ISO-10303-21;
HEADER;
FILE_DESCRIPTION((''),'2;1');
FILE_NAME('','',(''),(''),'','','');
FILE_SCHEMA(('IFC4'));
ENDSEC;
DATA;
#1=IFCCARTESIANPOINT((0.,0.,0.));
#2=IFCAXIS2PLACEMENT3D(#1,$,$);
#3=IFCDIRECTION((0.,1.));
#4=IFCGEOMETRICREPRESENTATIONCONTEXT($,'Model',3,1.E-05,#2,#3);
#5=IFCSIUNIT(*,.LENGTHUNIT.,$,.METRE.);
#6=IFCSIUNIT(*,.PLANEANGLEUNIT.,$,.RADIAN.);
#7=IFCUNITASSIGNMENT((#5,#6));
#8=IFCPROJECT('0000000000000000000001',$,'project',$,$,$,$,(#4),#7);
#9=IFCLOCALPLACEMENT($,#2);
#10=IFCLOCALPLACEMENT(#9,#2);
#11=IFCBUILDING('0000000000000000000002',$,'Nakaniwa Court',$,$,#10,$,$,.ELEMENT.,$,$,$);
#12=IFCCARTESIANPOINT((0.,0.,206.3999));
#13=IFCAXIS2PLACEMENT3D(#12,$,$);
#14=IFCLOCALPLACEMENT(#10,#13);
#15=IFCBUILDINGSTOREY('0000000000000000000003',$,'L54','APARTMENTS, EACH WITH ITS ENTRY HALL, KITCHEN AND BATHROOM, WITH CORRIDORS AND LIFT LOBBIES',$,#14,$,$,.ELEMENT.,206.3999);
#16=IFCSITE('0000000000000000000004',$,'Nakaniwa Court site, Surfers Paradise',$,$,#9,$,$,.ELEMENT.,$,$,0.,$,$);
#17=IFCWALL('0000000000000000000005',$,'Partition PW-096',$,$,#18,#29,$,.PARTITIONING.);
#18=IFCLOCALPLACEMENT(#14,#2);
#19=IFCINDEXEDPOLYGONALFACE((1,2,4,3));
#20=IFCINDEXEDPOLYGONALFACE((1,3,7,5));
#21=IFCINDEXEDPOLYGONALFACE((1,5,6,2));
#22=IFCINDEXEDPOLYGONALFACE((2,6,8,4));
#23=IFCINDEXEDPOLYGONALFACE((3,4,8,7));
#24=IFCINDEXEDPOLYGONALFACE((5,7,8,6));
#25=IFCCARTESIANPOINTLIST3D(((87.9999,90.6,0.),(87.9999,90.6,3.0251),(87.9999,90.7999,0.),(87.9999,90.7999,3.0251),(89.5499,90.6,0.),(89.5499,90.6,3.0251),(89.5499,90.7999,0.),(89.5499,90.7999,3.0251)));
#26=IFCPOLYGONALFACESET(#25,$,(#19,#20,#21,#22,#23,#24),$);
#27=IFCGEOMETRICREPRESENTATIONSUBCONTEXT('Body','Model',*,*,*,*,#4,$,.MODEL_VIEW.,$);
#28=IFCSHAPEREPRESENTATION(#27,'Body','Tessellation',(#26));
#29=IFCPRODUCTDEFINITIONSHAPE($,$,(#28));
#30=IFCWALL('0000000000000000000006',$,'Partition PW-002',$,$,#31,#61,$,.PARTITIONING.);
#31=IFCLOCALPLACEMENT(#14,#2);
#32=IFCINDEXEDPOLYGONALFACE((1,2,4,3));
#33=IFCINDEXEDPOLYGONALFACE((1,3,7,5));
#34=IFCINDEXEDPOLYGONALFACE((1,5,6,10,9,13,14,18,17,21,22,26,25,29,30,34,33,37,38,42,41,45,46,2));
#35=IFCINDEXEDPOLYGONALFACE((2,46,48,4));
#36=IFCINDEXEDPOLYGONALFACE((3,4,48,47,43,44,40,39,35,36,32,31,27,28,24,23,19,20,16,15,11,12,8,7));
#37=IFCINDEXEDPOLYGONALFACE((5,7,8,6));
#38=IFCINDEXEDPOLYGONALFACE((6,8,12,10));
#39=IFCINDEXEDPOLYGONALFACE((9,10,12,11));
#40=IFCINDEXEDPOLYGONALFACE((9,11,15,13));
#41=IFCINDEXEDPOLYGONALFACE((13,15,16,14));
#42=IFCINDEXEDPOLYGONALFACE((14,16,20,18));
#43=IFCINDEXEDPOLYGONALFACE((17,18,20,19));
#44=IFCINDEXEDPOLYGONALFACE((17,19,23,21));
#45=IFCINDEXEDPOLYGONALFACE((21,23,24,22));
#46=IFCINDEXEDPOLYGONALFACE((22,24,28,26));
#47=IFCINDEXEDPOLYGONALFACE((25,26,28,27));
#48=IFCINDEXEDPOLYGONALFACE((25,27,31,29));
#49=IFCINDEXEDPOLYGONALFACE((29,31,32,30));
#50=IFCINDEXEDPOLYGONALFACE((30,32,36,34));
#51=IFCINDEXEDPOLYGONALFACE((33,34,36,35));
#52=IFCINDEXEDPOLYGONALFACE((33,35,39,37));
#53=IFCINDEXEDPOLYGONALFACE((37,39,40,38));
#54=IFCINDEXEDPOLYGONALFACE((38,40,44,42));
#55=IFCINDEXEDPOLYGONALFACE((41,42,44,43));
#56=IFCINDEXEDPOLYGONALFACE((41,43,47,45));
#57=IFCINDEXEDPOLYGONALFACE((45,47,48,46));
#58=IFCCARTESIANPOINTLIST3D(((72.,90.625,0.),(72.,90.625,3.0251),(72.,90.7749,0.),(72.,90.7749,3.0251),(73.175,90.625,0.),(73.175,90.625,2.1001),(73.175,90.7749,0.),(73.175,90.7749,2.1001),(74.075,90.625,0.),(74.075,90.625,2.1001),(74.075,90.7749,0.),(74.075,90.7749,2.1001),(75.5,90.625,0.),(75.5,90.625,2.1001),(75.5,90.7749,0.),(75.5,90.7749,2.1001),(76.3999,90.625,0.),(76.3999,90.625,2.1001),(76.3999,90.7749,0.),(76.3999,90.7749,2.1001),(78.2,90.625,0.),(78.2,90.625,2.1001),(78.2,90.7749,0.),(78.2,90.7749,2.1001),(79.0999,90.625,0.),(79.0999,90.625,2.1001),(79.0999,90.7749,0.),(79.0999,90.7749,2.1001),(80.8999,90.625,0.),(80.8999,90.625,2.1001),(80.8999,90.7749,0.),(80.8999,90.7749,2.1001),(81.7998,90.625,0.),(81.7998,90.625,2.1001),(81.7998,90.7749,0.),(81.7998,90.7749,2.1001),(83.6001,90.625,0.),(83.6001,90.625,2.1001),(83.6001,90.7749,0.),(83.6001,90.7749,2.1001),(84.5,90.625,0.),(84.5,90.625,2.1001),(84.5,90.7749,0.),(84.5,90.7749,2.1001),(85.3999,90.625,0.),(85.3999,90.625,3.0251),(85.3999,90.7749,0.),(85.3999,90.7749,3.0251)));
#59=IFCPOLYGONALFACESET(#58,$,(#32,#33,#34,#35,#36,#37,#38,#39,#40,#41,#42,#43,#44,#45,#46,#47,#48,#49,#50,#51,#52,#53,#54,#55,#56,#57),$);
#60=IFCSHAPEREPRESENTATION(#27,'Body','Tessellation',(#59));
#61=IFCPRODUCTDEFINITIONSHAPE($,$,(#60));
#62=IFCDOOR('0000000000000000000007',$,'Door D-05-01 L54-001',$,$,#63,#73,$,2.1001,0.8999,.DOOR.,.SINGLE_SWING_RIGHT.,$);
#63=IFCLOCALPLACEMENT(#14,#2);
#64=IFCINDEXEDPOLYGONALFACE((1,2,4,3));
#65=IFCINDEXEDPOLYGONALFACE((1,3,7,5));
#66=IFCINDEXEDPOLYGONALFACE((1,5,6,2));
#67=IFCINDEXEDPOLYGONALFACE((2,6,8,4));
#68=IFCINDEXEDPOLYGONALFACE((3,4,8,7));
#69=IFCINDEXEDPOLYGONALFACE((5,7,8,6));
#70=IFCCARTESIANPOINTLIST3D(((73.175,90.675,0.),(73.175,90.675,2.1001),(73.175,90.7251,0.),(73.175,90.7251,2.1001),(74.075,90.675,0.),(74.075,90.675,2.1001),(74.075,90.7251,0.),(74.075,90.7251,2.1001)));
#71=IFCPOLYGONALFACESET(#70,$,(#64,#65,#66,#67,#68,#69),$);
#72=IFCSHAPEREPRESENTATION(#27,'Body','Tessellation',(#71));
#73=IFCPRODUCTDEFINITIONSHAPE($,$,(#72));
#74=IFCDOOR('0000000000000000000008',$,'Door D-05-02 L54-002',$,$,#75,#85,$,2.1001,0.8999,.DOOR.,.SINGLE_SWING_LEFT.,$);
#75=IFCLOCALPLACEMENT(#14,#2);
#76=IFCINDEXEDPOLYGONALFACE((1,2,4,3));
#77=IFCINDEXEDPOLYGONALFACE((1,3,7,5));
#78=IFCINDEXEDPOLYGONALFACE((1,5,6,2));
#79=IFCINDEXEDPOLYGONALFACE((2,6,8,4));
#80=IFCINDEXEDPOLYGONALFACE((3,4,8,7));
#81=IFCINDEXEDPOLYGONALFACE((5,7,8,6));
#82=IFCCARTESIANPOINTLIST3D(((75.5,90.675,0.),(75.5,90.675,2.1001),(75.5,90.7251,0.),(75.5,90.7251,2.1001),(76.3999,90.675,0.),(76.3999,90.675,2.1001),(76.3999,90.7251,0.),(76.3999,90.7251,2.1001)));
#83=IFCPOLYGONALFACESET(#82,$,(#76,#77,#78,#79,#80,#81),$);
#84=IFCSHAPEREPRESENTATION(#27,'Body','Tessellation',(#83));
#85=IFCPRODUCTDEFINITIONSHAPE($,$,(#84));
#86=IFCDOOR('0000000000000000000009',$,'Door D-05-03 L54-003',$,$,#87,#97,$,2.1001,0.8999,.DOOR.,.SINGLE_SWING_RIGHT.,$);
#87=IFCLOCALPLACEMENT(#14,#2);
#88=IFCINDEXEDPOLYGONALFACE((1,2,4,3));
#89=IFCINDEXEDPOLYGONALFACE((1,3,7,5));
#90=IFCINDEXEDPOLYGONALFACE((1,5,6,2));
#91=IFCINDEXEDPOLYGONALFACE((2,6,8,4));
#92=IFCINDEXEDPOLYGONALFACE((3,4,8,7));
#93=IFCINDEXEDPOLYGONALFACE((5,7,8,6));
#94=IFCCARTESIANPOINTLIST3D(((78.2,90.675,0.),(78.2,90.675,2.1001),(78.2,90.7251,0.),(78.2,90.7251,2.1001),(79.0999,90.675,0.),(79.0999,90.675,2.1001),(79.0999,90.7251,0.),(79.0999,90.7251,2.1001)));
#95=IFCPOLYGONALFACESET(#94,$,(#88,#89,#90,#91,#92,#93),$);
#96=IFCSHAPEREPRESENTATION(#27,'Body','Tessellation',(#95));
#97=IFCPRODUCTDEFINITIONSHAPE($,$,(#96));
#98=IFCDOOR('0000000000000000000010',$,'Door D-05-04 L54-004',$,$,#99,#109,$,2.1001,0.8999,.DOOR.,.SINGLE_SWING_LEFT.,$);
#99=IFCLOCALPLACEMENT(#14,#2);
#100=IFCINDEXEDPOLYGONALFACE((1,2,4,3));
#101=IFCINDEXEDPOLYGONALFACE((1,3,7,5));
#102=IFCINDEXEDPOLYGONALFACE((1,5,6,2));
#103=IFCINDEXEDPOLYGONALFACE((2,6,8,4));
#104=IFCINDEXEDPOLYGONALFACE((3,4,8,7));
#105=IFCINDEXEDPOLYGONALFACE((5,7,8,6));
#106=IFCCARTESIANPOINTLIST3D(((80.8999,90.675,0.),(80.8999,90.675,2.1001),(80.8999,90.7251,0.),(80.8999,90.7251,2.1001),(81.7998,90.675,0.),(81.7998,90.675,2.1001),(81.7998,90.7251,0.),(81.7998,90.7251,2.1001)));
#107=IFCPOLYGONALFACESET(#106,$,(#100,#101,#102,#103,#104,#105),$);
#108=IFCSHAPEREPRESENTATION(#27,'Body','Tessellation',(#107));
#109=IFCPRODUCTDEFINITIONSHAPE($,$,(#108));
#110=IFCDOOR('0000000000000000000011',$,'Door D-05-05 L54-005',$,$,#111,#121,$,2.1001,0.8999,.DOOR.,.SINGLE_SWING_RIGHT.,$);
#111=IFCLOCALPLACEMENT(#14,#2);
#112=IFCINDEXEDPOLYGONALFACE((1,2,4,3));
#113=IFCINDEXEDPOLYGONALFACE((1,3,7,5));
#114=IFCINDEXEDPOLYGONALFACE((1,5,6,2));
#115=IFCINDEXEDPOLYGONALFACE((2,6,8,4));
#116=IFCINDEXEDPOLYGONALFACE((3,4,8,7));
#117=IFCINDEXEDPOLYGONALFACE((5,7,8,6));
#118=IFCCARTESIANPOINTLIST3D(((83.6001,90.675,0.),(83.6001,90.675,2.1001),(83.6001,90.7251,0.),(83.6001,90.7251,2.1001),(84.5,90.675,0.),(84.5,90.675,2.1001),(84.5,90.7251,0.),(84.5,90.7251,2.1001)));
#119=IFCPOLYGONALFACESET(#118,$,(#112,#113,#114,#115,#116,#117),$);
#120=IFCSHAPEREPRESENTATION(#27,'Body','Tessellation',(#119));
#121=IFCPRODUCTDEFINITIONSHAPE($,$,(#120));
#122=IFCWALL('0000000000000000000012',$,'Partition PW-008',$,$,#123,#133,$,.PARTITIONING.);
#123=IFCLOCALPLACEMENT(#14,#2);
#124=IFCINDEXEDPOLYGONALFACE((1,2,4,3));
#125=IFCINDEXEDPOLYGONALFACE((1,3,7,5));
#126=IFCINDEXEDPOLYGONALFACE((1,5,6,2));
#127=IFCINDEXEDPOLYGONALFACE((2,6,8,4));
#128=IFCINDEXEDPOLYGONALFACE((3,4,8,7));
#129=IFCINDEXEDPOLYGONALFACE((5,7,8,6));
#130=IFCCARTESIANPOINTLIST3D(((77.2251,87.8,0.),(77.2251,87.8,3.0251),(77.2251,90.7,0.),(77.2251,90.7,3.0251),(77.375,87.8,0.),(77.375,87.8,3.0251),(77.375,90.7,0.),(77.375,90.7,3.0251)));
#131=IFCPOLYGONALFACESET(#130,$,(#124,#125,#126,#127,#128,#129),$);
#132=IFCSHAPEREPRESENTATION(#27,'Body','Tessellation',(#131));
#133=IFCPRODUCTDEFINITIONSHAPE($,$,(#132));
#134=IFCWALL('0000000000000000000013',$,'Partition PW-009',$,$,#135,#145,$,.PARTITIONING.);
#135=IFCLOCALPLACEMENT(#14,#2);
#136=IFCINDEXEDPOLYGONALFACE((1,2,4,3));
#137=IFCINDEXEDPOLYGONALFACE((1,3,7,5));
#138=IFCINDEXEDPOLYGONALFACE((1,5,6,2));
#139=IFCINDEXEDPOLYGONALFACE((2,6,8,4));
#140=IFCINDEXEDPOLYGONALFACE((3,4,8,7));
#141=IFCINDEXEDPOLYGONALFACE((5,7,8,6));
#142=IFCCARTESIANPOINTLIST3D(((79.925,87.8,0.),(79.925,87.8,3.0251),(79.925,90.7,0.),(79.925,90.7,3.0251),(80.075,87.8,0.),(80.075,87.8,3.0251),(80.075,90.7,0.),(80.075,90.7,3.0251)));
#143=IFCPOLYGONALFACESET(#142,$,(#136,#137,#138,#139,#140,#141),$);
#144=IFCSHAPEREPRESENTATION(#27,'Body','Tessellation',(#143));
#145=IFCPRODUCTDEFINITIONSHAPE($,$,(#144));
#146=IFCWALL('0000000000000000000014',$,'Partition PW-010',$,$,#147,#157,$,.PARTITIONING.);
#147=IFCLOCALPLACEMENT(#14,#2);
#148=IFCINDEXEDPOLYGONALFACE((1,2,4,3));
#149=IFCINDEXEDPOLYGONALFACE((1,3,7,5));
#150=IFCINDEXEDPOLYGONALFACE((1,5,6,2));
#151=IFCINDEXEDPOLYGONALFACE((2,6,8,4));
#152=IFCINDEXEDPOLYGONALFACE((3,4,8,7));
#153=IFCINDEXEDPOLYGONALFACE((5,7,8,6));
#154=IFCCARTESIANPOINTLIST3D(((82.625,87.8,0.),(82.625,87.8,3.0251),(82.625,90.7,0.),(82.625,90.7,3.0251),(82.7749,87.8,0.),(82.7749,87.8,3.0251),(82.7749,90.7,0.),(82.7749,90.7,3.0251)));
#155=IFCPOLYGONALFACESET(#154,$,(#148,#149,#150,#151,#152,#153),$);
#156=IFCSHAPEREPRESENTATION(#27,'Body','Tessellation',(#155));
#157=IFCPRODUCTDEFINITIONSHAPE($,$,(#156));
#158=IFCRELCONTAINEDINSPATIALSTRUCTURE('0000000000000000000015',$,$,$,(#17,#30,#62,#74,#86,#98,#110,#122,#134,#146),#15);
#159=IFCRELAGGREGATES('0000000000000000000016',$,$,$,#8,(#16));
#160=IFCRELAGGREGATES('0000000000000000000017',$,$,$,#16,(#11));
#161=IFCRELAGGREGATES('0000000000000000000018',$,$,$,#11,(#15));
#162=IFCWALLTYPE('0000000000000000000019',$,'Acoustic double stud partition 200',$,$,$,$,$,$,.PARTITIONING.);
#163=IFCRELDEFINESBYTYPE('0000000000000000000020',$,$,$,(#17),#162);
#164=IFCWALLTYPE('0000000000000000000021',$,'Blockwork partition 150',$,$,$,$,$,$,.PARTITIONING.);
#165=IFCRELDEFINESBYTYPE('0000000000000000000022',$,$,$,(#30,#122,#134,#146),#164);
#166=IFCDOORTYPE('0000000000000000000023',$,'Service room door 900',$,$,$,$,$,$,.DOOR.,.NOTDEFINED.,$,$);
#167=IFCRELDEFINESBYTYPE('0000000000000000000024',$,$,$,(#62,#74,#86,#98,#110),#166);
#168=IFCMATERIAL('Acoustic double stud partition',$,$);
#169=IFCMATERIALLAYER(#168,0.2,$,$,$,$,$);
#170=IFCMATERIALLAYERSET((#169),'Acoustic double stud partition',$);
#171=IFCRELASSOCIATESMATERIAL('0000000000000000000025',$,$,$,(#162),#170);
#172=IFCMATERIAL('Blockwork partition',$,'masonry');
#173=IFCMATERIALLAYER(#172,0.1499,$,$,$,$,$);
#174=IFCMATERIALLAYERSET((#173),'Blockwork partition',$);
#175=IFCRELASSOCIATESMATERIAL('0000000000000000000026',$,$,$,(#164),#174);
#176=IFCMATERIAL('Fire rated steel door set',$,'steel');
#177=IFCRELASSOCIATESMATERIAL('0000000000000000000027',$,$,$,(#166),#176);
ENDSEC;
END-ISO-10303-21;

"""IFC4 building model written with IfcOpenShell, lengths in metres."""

from ifc_helpers import new_model, si_unit, direction, frame, frame_2d, origin, place, context, subcontext, project, spatial, rectangle, extrude, material, layer, layer_set, type_object, element, fill, save


model = new_model("IFC4")

# Units and contexts
model_context = context("Model", 3, precision=1e-05, world=origin(), true_north=direction((0.0, 1.0)))
body_context = subcontext(model_context, "Body", "Model", "MODEL_VIEW")
ifc_project = project(units=[si_unit("LENGTHUNIT", "METRE"), si_unit("PLANEANGLEUNIT", "RADIAN")], contexts=[model_context])

# Site, building, storey
site_placement = place(None, origin())
site = spatial("IfcSite", under=ifc_project, at=site_placement, Name="Nakaniwa Court site, Surfers Paradise", CompositionType="ELEMENT", RefElevation=0.0)
building_placement = place(site_placement, origin())
building = spatial("IfcBuilding", under=site, at=building_placement, Name="Nakaniwa Court", CompositionType="ELEMENT")
storey_placement = place(building_placement, frame((0.0, 0.0, 206.3999)))
storey = spatial("IfcBuildingStorey", under=building, at=storey_placement, Name="L54", Description="APARTMENTS, EACH WITH ITS ENTRY HALL, KITCHEN AND BATHROOM, WITH CORRIDORS AND LIFT LOBBIES", CompositionType="ELEMENT", Elevation=206.3999)

# Wall
ifc_material_1 = material(Name="Acoustic double stud partition")
ifc_layer_1 = layer(ifc_material_1, 0.2)
ifc_layer_set_1 = layer_set([ifc_layer_1], Name="Acoustic double stud partition")
wall_type_1 = type_object("IfcWallType", Name="Acoustic double stud partition 200", PredefinedType="PARTITIONING", material=ifc_layer_set_1)
wall_1_placement = place(storey_placement, frame((88.0, 90.7, 0.0), z_axis=(0.0, 0.0, 1.0), x_axis=(1.0, 0.0, 0.0)))
element("IfcWall", 1, at=wall_1_placement, inside=storey, type_object=wall_type_1, Name="Partition PW-096", PredefinedType="PARTITIONING", context=body_context, shape_type="SweptSolid", body=[
    extrude(rectangle(XDim=1.55, YDim=0.2, at=frame_2d((0.7749, 0.0))), origin(), (0.0, 0.0, 1.0), 3.0251),
])

# Wall, openings, doors
ifc_material_2 = material(Name="Blockwork partition", Category="masonry")
ifc_layer_2 = layer(ifc_material_2, 0.1499)
ifc_layer_set_2 = layer_set([ifc_layer_2], Name="Blockwork partition")
wall_type_2 = type_object("IfcWallType", Name="Blockwork partition 150", PredefinedType="PARTITIONING", material=ifc_layer_set_2)
wall_2_placement = place(storey_placement, frame((85.3999, 90.7, 0.0), z_axis=(0.0, 0.0, 1.0), x_axis=(-1.0, 0.0, 0.0)))
wall_2 = element("IfcWall", 2, at=wall_2_placement, inside=storey, type_object=wall_type_2, Name="Partition PW-002", PredefinedType="PARTITIONING", context=body_context, shape_type="SweptSolid", body=[
    extrude(rectangle(XDim=13.3999, YDim=0.1499, at=frame_2d((6.7, 0.0))), origin(), (0.0, 0.0, 1.0), 3.0251),
])
opening_1_placement = place(wall_2_placement, frame((11.325, 0.0, 0.0)))
opening_1 = element("IfcOpeningElement", 3, at=opening_1_placement, cuts=wall_2, PredefinedType="OPENING", context=body_context, shape_type="SweptSolid", body=[
    extrude(rectangle(XDim=0.8999, YDim=2.1001, at=frame_2d((0.45, 1.05))), frame((0.0, 0.085, 0.0), z_axis=(0.0, -1.0, 0.0), x_axis=(1.0, 0.0, 0.0)), (0.0, 0.0, 1.0), 0.1699),
])
opening_2_placement = place(wall_2_placement, frame((9.0, 0.0, 0.0)))
opening_2 = element("IfcOpeningElement", 4, at=opening_2_placement, cuts=wall_2, PredefinedType="OPENING", context=body_context, shape_type="SweptSolid", body=[
    extrude(rectangle(XDim=0.8999, YDim=2.1001, at=frame_2d((0.45, 1.05))), frame((0.0, 0.085, 0.0), z_axis=(0.0, -1.0, 0.0), x_axis=(1.0, 0.0, 0.0)), (0.0, 0.0, 1.0), 0.1699),
])
opening_3_placement = place(wall_2_placement, frame((6.3, 0.0, 0.0)))
opening_3 = element("IfcOpeningElement", 5, at=opening_3_placement, cuts=wall_2, PredefinedType="OPENING", context=body_context, shape_type="SweptSolid", body=[
    extrude(rectangle(XDim=0.8999, YDim=2.1001, at=frame_2d((0.45, 1.05))), frame((0.0, 0.085, 0.0), z_axis=(0.0, -1.0, 0.0), x_axis=(1.0, 0.0, 0.0)), (0.0, 0.0, 1.0), 0.1699),
])
opening_4_placement = place(wall_2_placement, frame((3.6001, 0.0, 0.0)))
opening_4 = element("IfcOpeningElement", 6, at=opening_4_placement, cuts=wall_2, PredefinedType="OPENING", context=body_context, shape_type="SweptSolid", body=[
    extrude(rectangle(XDim=0.8999, YDim=2.1001, at=frame_2d((0.45, 1.05))), frame((0.0, 0.085, 0.0), z_axis=(0.0, -1.0, 0.0), x_axis=(1.0, 0.0, 0.0)), (0.0, 0.0, 1.0), 0.1699),
])
opening_5_placement = place(wall_2_placement, frame((0.8999, 0.0, 0.0)))
opening_5 = element("IfcOpeningElement", 7, at=opening_5_placement, cuts=wall_2, PredefinedType="OPENING", context=body_context, shape_type="SweptSolid", body=[
    extrude(rectangle(XDim=0.8999, YDim=2.1001, at=frame_2d((0.45, 1.05))), frame((0.0, 0.085, 0.0), z_axis=(0.0, -1.0, 0.0), x_axis=(1.0, 0.0, 0.0)), (0.0, 0.0, 1.0), 0.1699),
])
ifc_material_3 = material(Name="Fire rated steel door set", Category="steel")
door_type_1 = type_object("IfcDoorType", Name="Service room door 900", OperationType="NOTDEFINED", PredefinedType="DOOR", material=ifc_material_3)
door_1_placement = place(opening_1_placement, origin())
door_1 = element("IfcDoor", 8, at=door_1_placement, inside=storey, type_object=door_type_1, Name="Door D-05-01 L54-001", OperationType="SINGLE_SWING_RIGHT", OverallHeight=2.1001, OverallWidth=0.8999, PredefinedType="DOOR", context=body_context, shape_type="SweptSolid", body=[
    extrude(rectangle(XDim=0.8999, YDim=2.1001, at=frame_2d((0.45, 1.05))), frame((0.0, 0.0249, 0.0), z_axis=(0.0, -1.0, 0.0), x_axis=(1.0, 0.0, 0.0)), (0.0, 0.0, 1.0), 0.05),
])
fill(opening_1, door_1)
door_2_placement = place(opening_2_placement, origin())
door_2 = element("IfcDoor", 9, at=door_2_placement, inside=storey, type_object=door_type_1, Name="Door D-05-02 L54-002", OperationType="SINGLE_SWING_LEFT", OverallHeight=2.1001, OverallWidth=0.8999, PredefinedType="DOOR", context=body_context, shape_type="SweptSolid", body=[
    extrude(rectangle(XDim=0.8999, YDim=2.1001, at=frame_2d((0.45, 1.05))), frame((0.0, 0.0249, 0.0), z_axis=(0.0, -1.0, 0.0), x_axis=(1.0, 0.0, 0.0)), (0.0, 0.0, 1.0), 0.05),
])
fill(opening_2, door_2)
door_3_placement = place(opening_3_placement, origin())
door_3 = element("IfcDoor", 10, at=door_3_placement, inside=storey, type_object=door_type_1, Name="Door D-05-03 L54-003", OperationType="SINGLE_SWING_RIGHT", OverallHeight=2.1001, OverallWidth=0.8999, PredefinedType="DOOR", context=body_context, shape_type="SweptSolid", body=[
    extrude(rectangle(XDim=0.8999, YDim=2.1001, at=frame_2d((0.45, 1.05))), frame((0.0, 0.0249, 0.0), z_axis=(0.0, -1.0, 0.0), x_axis=(1.0, 0.0, 0.0)), (0.0, 0.0, 1.0), 0.05),
])
fill(opening_3, door_3)
door_4_placement = place(opening_4_placement, origin())
door_4 = element("IfcDoor", 11, at=door_4_placement, inside=storey, type_object=door_type_1, Name="Door D-05-04 L54-004", OperationType="SINGLE_SWING_LEFT", OverallHeight=2.1001, OverallWidth=0.8999, PredefinedType="DOOR", context=body_context, shape_type="SweptSolid", body=[
    extrude(rectangle(XDim=0.8999, YDim=2.1001, at=frame_2d((0.45, 1.05))), frame((0.0, 0.0249, 0.0), z_axis=(0.0, -1.0, 0.0), x_axis=(1.0, 0.0, 0.0)), (0.0, 0.0, 1.0), 0.05),
])
fill(opening_4, door_4)
door_5_placement = place(opening_5_placement, origin())
door_5 = element("IfcDoor", 12, at=door_5_placement, inside=storey, type_object=door_type_1, Name="Door D-05-05 L54-005", OperationType="SINGLE_SWING_RIGHT", OverallHeight=2.1001, OverallWidth=0.8999, PredefinedType="DOOR", context=body_context, shape_type="SweptSolid", body=[
    extrude(rectangle(XDim=0.8999, YDim=2.1001, at=frame_2d((0.45, 1.05))), frame((0.0, 0.0249, 0.0), z_axis=(0.0, -1.0, 0.0), x_axis=(1.0, 0.0, 0.0)), (0.0, 0.0, 1.0), 0.05),
])
fill(opening_5, door_5)

# Walls
for number, where, z_axis, x_axis, name in (
    (13, (77.3, 87.8, 0.0), (0.0, 0.0, 1.0), (0.0, 1.0, 0.0), "Partition PW-008"),
    (14, (80.0, 87.8, 0.0), (0.0, 0.0, 1.0), (0.0, 1.0, 0.0), "Partition PW-009"),
    (15, (82.7, 87.8, 0.0), (0.0, 0.0, 1.0), (0.0, 1.0, 0.0), "Partition PW-010"),
):
    element("IfcWall", number, at=place(storey_placement, frame(where, z_axis=z_axis, x_axis=x_axis)), inside=storey, type_object=wall_type_2, Name=name, PredefinedType="PARTITIONING", context=body_context, shape_type="SweptSolid", body=[
        extrude(rectangle(XDim=2.8999, YDim=0.1499, at=frame_2d((1.45, 0.0))), origin(), (0.0, 0.0, 1.0), 3.0251),
    ])

save(model, "model.ifc")
